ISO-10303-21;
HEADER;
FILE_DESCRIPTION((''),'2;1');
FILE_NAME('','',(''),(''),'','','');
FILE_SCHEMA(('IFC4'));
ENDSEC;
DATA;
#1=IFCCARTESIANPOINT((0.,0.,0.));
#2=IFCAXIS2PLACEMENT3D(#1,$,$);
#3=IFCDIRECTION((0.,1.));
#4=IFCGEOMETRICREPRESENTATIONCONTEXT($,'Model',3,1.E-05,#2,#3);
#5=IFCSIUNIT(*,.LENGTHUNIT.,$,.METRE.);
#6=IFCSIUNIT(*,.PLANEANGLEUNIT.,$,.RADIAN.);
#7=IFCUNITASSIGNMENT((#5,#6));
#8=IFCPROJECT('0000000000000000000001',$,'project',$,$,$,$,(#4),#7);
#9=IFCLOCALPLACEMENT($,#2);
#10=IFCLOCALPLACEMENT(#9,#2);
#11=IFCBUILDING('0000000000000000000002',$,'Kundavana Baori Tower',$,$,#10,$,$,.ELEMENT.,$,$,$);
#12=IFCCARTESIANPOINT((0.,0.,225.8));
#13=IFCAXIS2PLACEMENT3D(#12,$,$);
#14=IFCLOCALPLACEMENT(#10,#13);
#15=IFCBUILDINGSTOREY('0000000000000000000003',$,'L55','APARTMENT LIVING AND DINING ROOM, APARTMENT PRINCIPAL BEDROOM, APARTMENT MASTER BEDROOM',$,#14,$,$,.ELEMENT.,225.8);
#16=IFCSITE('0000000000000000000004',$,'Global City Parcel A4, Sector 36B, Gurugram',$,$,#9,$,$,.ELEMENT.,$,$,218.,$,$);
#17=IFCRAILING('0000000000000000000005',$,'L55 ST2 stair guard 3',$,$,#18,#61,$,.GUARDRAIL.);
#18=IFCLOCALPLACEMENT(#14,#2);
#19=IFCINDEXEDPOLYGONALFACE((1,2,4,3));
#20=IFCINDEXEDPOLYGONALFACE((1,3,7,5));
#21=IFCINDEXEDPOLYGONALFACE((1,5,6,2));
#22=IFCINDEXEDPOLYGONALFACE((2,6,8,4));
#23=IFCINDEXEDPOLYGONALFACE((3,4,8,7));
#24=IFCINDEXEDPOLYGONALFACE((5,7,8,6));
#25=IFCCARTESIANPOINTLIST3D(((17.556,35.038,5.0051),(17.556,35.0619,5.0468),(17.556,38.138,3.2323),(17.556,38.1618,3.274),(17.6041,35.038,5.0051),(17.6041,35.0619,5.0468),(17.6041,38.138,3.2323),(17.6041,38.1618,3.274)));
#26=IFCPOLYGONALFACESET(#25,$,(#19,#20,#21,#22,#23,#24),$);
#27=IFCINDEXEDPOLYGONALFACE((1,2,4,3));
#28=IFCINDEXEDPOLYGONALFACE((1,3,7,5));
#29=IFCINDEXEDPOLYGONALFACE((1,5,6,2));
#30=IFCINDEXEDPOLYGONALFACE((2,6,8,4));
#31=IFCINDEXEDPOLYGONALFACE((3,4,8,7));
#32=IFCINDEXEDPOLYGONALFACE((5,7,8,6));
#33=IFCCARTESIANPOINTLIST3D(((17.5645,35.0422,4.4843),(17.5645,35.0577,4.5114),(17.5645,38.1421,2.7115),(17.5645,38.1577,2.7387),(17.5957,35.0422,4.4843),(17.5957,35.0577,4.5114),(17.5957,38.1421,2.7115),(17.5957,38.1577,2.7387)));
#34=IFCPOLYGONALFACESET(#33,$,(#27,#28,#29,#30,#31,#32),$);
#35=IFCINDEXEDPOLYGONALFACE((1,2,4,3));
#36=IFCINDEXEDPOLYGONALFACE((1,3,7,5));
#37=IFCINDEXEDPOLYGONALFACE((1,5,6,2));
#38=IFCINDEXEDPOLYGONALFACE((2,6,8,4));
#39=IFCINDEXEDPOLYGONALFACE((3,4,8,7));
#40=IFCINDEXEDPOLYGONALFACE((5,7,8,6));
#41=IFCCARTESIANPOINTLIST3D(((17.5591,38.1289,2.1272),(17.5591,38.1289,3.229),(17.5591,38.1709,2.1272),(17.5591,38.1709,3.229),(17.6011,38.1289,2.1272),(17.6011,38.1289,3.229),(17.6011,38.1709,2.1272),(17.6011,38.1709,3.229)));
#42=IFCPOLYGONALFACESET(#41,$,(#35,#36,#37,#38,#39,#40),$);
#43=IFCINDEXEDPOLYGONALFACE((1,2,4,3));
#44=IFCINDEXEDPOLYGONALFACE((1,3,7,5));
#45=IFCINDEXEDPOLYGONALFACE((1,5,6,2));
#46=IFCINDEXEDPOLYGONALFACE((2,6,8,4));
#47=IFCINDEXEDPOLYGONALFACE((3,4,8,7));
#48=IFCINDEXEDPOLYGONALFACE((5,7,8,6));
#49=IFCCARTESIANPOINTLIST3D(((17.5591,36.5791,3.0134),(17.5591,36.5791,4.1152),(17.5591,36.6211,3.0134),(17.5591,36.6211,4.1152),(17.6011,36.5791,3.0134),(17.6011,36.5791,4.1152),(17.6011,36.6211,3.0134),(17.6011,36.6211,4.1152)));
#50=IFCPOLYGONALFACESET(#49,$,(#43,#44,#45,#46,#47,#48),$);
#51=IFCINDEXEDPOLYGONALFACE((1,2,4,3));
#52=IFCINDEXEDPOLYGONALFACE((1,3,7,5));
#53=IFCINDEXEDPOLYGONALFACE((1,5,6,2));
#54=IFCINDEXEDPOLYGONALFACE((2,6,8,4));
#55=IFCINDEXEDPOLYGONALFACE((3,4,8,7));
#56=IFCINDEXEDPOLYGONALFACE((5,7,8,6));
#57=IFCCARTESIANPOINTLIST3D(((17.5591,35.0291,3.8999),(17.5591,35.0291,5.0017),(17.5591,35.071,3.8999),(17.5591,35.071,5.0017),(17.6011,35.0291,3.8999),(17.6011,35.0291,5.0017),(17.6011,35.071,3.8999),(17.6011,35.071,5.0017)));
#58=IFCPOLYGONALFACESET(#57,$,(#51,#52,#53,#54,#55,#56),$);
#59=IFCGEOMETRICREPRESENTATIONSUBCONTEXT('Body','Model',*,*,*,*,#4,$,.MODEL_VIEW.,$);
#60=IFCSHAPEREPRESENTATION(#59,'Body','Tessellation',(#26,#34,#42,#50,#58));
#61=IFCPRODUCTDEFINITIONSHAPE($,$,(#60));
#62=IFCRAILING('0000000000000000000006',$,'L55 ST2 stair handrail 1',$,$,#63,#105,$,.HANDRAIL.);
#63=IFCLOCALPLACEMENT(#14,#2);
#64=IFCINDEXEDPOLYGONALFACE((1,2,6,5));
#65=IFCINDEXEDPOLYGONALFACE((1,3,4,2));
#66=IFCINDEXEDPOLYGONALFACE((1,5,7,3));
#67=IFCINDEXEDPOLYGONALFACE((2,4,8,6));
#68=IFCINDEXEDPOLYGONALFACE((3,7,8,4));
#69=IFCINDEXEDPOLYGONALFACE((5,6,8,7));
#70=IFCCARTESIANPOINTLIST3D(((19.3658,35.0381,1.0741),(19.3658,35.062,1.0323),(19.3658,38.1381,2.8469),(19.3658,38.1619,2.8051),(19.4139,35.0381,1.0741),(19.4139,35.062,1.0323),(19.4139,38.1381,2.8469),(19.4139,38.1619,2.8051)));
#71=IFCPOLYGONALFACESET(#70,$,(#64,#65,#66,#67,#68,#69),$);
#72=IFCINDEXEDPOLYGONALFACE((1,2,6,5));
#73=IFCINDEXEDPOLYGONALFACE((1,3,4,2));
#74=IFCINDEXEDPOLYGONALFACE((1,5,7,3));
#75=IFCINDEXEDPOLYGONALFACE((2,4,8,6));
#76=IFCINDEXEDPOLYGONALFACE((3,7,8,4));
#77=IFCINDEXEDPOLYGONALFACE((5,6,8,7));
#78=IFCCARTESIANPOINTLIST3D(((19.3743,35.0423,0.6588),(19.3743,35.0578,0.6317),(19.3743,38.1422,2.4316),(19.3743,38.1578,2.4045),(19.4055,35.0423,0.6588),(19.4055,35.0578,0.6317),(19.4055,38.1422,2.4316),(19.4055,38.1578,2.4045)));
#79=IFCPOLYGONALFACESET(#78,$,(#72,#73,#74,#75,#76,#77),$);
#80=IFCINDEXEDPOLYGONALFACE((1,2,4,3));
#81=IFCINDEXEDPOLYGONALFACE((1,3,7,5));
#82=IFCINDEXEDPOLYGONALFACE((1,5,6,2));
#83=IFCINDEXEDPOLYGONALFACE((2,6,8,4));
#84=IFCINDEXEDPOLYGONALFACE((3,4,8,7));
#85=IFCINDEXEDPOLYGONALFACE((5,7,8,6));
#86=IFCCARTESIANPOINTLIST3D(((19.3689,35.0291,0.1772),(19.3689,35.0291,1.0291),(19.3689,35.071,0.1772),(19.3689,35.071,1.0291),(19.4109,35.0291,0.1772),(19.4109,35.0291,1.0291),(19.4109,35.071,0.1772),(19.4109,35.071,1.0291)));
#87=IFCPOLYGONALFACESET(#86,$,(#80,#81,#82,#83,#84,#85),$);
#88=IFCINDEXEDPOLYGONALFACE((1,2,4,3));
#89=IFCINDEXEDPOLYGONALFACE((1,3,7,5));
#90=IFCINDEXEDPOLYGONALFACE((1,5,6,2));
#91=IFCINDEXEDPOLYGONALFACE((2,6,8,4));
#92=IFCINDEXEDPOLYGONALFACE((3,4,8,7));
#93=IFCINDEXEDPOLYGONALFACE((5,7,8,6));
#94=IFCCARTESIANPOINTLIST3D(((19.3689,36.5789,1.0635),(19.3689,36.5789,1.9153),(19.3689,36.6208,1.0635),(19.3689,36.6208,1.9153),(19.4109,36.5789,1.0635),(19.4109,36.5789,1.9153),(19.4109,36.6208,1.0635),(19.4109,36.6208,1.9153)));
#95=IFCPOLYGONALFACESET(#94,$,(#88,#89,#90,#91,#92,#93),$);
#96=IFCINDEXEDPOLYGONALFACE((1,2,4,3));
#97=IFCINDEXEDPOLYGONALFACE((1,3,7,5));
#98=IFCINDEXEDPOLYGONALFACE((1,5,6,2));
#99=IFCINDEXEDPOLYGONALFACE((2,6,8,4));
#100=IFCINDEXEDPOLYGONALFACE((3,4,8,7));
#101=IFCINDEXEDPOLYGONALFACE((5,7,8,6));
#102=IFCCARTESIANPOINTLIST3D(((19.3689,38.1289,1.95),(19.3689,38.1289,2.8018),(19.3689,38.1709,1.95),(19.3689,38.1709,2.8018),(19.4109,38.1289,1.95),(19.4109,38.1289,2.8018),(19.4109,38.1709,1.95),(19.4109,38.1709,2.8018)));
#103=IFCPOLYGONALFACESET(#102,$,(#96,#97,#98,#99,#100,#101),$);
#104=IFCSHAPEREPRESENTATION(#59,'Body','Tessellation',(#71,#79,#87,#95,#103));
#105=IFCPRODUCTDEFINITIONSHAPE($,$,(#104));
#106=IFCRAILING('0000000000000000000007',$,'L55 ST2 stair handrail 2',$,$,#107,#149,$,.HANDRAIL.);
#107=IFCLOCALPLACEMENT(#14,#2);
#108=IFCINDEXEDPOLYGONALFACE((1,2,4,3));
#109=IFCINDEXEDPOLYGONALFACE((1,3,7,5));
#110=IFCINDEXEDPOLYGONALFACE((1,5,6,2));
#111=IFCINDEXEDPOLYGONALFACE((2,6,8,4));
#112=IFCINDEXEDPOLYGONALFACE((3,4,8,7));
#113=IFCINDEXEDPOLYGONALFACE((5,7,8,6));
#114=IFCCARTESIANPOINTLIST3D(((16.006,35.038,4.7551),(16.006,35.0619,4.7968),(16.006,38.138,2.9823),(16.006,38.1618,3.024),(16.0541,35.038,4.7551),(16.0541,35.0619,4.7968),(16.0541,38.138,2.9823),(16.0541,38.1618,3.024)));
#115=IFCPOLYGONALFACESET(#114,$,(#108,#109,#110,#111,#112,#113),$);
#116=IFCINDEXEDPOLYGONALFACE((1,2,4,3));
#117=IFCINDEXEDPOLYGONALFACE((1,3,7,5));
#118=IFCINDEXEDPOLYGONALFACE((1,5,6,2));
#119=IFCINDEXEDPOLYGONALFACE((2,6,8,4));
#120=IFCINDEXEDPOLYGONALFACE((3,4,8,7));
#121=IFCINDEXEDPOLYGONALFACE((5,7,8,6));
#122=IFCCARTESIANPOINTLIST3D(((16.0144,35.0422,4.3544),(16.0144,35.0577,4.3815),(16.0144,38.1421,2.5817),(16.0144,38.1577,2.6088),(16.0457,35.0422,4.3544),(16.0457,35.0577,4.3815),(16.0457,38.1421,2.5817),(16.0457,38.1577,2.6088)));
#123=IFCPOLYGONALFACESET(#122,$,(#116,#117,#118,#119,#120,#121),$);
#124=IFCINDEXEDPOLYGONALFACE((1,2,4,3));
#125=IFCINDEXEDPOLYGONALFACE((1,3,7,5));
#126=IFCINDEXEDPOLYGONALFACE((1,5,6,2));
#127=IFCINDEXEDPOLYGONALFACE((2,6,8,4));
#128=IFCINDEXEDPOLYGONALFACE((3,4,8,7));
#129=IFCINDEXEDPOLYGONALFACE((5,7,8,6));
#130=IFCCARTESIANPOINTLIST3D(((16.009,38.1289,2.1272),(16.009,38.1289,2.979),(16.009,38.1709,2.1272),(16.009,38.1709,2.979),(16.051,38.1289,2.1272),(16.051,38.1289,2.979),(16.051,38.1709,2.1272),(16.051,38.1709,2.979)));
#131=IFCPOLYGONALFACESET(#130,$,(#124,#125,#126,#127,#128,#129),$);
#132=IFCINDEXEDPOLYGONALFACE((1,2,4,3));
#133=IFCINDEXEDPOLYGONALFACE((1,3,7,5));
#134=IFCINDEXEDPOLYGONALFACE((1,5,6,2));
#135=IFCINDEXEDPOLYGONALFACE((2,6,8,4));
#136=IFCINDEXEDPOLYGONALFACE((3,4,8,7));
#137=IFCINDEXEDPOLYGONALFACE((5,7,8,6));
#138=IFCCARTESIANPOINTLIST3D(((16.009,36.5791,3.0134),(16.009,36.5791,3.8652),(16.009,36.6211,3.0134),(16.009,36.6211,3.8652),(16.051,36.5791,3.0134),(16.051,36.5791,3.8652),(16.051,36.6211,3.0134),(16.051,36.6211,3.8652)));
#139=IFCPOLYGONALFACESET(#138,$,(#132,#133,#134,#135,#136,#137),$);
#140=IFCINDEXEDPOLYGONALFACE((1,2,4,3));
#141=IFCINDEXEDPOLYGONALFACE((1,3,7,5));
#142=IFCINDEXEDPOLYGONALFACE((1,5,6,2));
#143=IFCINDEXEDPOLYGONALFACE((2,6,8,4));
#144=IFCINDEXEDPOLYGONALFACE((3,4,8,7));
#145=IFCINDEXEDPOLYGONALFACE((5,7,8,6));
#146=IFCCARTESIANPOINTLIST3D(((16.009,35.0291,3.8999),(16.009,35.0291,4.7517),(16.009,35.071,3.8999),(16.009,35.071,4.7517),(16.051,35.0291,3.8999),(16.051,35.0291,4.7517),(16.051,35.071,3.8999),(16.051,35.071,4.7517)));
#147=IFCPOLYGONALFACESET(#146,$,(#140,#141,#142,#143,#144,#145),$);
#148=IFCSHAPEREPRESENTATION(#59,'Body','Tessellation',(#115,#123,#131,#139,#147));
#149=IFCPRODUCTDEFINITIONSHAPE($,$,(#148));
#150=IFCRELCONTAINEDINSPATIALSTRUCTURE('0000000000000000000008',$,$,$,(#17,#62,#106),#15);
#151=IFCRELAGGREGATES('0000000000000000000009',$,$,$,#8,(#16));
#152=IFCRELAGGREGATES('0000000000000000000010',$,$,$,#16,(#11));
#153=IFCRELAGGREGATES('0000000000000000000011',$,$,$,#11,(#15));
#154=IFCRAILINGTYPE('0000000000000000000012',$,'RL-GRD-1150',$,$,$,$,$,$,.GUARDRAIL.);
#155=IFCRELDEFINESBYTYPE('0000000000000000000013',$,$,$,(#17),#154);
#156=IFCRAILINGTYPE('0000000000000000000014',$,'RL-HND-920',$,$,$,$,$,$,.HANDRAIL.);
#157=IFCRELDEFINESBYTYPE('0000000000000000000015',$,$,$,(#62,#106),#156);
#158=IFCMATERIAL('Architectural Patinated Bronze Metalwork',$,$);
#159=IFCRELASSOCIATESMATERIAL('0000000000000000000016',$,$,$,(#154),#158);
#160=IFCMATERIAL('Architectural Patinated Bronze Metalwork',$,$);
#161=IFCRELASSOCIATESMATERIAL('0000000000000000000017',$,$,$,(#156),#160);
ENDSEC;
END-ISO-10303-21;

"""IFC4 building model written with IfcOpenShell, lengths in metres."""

from ifc_helpers import new_model, si_unit, direction, frame, origin, origin_2d, place, context, subcontext, project, spatial, rectangle, extrude, material, type_object, element, save


model = new_model("IFC4")

# Units and contexts
model_context = context("Model", 3, precision=1e-05, world=origin(), true_north=direction((0.0, 1.0)))
body_context = subcontext(model_context, "Body", "Model", "MODEL_VIEW")
ifc_project = project(units=[si_unit("LENGTHUNIT", "METRE"), si_unit("PLANEANGLEUNIT", "RADIAN")], contexts=[model_context])

# Site, building, storey
site_placement = place(None, origin())
site = spatial("IfcSite", under=ifc_project, at=site_placement, Name="Global City Parcel A4, Sector 36B, Gurugram", CompositionType="ELEMENT", RefElevation=218.0)
building_placement = place(site_placement, origin())
building = spatial("IfcBuilding", under=site, at=building_placement, Name="Kundavana Baori Tower", CompositionType="ELEMENT")
storey_placement = place(building_placement, frame((0.0, 0.0, 225.8)))
storey = spatial("IfcBuildingStorey", under=building, at=storey_placement, Name="L55", Description="APARTMENT LIVING AND DINING ROOM, APARTMENT PRINCIPAL BEDROOM, APARTMENT MASTER BEDROOM", CompositionType="ELEMENT", Elevation=225.8)

# Railings
ifc_material_1 = material(Name="Architectural Patinated Bronze Metalwork")
railing_type_1 = type_object("IfcRailingType", Name="RL-GRD-1150", PredefinedType="GUARDRAIL", material=ifc_material_1)
railing_1_placement = place(storey_placement, frame((17.5801, 38.1499, 2.1272)))
element("IfcRailing", 1, at=railing_1_placement, inside=storey, type_object=railing_type_1, Name="L55 ST2 stair guard 3", PredefinedType="GUARDRAIL", context=body_context, shape_type="SweptSolid", body=[
    extrude(rectangle(XDim=0.0481, YDim=0.0481, at=origin_2d()), frame((0.0, 0.0, 1.126), z_axis=(0.0, -0.868079, 0.496426), x_axis=(1.0, 0.0, 0.0)), (0.0, 0.0, 1.0), 3.571),
    extrude(rectangle(XDim=0.0312, YDim=0.0312, at=origin_2d()), frame((0.0, 0.0, 0.5979), z_axis=(0.0, -0.868079, 0.496426), x_axis=(1.0, 0.0, 0.0)), (0.0, 0.0, 1.0), 3.571),
    extrude(rectangle(XDim=0.042, YDim=0.042, at=origin_2d()), origin(), (0.0, 0.0, 1.0), 1.1018),
    extrude(rectangle(XDim=0.042, YDim=0.042, at=origin_2d()), frame((0.0, -1.5498, 0.8862)), (0.0, 0.0, 1.0), 1.1018),
    extrude(rectangle(XDim=0.042, YDim=0.042, at=origin_2d()), frame((0.0, -3.0999, 1.7727)), (0.0, 0.0, 1.0), 1.1018),
])
ifc_material_2 = material(Name="Architectural Patinated Bronze Metalwork")
railing_type_2 = type_object("IfcRailingType", Name="RL-HND-920", PredefinedType="HANDRAIL", material=ifc_material_2)
railing_2_placement = place(storey_placement, frame((19.3899, 35.05, 0.1772)))
element("IfcRailing", 2, at=railing_2_placement, inside=storey, type_object=railing_type_2, Name="L55 ST2 stair handrail 1", PredefinedType="HANDRAIL", context=body_context, shape_type="SweptSolid", body=[
    extrude(rectangle(XDim=0.0481, YDim=0.0481, at=origin_2d()), frame((0.0, 0.0, 0.876), z_axis=(0.0, 0.868079, 0.496426), x_axis=(-1.0, 0.0, 0.0)), (0.0, 0.0, 1.0), 3.571),
    extrude(rectangle(XDim=0.0312, YDim=0.0312, at=origin_2d()), frame((0.0, 0.0, 0.468), z_axis=(0.0, 0.868079, 0.496426), x_axis=(-1.0, 0.0, 0.0)), (0.0, 0.0, 1.0), 3.571),
    extrude(rectangle(XDim=0.042, YDim=0.042, at=origin_2d()), origin(), (0.0, 0.0, 1.0), 0.8518),
    extrude(rectangle(XDim=0.042, YDim=0.042, at=origin_2d()), frame((0.0, 1.5498, 0.8862)), (0.0, 0.0, 1.0), 0.8518),
    extrude(rectangle(XDim=0.042, YDim=0.042, at=origin_2d()), frame((0.0, 3.0999, 1.7727)), (0.0, 0.0, 1.0), 0.8518),
])
railing_3_placement = place(storey_placement, frame((16.03, 38.1499, 2.1272)))
element("IfcRailing", 3, at=railing_3_placement, inside=storey, type_object=railing_type_2, Name="L55 ST2 stair handrail 2", PredefinedType="HANDRAIL", context=body_context, shape_type="SweptSolid", body=[
    extrude(rectangle(XDim=0.0481, YDim=0.0481, at=origin_2d()), frame((0.0, 0.0, 0.876), z_axis=(0.0, -0.868079, 0.496426), x_axis=(1.0, 0.0, 0.0)), (0.0, 0.0, 1.0), 3.571),
    extrude(rectangle(XDim=0.0312, YDim=0.0312, at=origin_2d()), frame((0.0, 0.0, 0.468), z_axis=(0.0, -0.868079, 0.496426), x_axis=(1.0, 0.0, 0.0)), (0.0, 0.0, 1.0), 3.571),
    extrude(rectangle(XDim=0.042, YDim=0.042, at=origin_2d()), origin(), (0.0, 0.0, 1.0), 0.8518),
    extrude(rectangle(XDim=0.042, YDim=0.042, at=origin_2d()), frame((0.0, -1.5498, 0.8862)), (0.0, 0.0, 1.0), 0.8518),
    extrude(rectangle(XDim=0.042, YDim=0.042, at=origin_2d()), frame((0.0, -3.0999, 1.7727)), (0.0, 0.0, 1.0), 0.8518),
])

save(model, "model.ifc")
